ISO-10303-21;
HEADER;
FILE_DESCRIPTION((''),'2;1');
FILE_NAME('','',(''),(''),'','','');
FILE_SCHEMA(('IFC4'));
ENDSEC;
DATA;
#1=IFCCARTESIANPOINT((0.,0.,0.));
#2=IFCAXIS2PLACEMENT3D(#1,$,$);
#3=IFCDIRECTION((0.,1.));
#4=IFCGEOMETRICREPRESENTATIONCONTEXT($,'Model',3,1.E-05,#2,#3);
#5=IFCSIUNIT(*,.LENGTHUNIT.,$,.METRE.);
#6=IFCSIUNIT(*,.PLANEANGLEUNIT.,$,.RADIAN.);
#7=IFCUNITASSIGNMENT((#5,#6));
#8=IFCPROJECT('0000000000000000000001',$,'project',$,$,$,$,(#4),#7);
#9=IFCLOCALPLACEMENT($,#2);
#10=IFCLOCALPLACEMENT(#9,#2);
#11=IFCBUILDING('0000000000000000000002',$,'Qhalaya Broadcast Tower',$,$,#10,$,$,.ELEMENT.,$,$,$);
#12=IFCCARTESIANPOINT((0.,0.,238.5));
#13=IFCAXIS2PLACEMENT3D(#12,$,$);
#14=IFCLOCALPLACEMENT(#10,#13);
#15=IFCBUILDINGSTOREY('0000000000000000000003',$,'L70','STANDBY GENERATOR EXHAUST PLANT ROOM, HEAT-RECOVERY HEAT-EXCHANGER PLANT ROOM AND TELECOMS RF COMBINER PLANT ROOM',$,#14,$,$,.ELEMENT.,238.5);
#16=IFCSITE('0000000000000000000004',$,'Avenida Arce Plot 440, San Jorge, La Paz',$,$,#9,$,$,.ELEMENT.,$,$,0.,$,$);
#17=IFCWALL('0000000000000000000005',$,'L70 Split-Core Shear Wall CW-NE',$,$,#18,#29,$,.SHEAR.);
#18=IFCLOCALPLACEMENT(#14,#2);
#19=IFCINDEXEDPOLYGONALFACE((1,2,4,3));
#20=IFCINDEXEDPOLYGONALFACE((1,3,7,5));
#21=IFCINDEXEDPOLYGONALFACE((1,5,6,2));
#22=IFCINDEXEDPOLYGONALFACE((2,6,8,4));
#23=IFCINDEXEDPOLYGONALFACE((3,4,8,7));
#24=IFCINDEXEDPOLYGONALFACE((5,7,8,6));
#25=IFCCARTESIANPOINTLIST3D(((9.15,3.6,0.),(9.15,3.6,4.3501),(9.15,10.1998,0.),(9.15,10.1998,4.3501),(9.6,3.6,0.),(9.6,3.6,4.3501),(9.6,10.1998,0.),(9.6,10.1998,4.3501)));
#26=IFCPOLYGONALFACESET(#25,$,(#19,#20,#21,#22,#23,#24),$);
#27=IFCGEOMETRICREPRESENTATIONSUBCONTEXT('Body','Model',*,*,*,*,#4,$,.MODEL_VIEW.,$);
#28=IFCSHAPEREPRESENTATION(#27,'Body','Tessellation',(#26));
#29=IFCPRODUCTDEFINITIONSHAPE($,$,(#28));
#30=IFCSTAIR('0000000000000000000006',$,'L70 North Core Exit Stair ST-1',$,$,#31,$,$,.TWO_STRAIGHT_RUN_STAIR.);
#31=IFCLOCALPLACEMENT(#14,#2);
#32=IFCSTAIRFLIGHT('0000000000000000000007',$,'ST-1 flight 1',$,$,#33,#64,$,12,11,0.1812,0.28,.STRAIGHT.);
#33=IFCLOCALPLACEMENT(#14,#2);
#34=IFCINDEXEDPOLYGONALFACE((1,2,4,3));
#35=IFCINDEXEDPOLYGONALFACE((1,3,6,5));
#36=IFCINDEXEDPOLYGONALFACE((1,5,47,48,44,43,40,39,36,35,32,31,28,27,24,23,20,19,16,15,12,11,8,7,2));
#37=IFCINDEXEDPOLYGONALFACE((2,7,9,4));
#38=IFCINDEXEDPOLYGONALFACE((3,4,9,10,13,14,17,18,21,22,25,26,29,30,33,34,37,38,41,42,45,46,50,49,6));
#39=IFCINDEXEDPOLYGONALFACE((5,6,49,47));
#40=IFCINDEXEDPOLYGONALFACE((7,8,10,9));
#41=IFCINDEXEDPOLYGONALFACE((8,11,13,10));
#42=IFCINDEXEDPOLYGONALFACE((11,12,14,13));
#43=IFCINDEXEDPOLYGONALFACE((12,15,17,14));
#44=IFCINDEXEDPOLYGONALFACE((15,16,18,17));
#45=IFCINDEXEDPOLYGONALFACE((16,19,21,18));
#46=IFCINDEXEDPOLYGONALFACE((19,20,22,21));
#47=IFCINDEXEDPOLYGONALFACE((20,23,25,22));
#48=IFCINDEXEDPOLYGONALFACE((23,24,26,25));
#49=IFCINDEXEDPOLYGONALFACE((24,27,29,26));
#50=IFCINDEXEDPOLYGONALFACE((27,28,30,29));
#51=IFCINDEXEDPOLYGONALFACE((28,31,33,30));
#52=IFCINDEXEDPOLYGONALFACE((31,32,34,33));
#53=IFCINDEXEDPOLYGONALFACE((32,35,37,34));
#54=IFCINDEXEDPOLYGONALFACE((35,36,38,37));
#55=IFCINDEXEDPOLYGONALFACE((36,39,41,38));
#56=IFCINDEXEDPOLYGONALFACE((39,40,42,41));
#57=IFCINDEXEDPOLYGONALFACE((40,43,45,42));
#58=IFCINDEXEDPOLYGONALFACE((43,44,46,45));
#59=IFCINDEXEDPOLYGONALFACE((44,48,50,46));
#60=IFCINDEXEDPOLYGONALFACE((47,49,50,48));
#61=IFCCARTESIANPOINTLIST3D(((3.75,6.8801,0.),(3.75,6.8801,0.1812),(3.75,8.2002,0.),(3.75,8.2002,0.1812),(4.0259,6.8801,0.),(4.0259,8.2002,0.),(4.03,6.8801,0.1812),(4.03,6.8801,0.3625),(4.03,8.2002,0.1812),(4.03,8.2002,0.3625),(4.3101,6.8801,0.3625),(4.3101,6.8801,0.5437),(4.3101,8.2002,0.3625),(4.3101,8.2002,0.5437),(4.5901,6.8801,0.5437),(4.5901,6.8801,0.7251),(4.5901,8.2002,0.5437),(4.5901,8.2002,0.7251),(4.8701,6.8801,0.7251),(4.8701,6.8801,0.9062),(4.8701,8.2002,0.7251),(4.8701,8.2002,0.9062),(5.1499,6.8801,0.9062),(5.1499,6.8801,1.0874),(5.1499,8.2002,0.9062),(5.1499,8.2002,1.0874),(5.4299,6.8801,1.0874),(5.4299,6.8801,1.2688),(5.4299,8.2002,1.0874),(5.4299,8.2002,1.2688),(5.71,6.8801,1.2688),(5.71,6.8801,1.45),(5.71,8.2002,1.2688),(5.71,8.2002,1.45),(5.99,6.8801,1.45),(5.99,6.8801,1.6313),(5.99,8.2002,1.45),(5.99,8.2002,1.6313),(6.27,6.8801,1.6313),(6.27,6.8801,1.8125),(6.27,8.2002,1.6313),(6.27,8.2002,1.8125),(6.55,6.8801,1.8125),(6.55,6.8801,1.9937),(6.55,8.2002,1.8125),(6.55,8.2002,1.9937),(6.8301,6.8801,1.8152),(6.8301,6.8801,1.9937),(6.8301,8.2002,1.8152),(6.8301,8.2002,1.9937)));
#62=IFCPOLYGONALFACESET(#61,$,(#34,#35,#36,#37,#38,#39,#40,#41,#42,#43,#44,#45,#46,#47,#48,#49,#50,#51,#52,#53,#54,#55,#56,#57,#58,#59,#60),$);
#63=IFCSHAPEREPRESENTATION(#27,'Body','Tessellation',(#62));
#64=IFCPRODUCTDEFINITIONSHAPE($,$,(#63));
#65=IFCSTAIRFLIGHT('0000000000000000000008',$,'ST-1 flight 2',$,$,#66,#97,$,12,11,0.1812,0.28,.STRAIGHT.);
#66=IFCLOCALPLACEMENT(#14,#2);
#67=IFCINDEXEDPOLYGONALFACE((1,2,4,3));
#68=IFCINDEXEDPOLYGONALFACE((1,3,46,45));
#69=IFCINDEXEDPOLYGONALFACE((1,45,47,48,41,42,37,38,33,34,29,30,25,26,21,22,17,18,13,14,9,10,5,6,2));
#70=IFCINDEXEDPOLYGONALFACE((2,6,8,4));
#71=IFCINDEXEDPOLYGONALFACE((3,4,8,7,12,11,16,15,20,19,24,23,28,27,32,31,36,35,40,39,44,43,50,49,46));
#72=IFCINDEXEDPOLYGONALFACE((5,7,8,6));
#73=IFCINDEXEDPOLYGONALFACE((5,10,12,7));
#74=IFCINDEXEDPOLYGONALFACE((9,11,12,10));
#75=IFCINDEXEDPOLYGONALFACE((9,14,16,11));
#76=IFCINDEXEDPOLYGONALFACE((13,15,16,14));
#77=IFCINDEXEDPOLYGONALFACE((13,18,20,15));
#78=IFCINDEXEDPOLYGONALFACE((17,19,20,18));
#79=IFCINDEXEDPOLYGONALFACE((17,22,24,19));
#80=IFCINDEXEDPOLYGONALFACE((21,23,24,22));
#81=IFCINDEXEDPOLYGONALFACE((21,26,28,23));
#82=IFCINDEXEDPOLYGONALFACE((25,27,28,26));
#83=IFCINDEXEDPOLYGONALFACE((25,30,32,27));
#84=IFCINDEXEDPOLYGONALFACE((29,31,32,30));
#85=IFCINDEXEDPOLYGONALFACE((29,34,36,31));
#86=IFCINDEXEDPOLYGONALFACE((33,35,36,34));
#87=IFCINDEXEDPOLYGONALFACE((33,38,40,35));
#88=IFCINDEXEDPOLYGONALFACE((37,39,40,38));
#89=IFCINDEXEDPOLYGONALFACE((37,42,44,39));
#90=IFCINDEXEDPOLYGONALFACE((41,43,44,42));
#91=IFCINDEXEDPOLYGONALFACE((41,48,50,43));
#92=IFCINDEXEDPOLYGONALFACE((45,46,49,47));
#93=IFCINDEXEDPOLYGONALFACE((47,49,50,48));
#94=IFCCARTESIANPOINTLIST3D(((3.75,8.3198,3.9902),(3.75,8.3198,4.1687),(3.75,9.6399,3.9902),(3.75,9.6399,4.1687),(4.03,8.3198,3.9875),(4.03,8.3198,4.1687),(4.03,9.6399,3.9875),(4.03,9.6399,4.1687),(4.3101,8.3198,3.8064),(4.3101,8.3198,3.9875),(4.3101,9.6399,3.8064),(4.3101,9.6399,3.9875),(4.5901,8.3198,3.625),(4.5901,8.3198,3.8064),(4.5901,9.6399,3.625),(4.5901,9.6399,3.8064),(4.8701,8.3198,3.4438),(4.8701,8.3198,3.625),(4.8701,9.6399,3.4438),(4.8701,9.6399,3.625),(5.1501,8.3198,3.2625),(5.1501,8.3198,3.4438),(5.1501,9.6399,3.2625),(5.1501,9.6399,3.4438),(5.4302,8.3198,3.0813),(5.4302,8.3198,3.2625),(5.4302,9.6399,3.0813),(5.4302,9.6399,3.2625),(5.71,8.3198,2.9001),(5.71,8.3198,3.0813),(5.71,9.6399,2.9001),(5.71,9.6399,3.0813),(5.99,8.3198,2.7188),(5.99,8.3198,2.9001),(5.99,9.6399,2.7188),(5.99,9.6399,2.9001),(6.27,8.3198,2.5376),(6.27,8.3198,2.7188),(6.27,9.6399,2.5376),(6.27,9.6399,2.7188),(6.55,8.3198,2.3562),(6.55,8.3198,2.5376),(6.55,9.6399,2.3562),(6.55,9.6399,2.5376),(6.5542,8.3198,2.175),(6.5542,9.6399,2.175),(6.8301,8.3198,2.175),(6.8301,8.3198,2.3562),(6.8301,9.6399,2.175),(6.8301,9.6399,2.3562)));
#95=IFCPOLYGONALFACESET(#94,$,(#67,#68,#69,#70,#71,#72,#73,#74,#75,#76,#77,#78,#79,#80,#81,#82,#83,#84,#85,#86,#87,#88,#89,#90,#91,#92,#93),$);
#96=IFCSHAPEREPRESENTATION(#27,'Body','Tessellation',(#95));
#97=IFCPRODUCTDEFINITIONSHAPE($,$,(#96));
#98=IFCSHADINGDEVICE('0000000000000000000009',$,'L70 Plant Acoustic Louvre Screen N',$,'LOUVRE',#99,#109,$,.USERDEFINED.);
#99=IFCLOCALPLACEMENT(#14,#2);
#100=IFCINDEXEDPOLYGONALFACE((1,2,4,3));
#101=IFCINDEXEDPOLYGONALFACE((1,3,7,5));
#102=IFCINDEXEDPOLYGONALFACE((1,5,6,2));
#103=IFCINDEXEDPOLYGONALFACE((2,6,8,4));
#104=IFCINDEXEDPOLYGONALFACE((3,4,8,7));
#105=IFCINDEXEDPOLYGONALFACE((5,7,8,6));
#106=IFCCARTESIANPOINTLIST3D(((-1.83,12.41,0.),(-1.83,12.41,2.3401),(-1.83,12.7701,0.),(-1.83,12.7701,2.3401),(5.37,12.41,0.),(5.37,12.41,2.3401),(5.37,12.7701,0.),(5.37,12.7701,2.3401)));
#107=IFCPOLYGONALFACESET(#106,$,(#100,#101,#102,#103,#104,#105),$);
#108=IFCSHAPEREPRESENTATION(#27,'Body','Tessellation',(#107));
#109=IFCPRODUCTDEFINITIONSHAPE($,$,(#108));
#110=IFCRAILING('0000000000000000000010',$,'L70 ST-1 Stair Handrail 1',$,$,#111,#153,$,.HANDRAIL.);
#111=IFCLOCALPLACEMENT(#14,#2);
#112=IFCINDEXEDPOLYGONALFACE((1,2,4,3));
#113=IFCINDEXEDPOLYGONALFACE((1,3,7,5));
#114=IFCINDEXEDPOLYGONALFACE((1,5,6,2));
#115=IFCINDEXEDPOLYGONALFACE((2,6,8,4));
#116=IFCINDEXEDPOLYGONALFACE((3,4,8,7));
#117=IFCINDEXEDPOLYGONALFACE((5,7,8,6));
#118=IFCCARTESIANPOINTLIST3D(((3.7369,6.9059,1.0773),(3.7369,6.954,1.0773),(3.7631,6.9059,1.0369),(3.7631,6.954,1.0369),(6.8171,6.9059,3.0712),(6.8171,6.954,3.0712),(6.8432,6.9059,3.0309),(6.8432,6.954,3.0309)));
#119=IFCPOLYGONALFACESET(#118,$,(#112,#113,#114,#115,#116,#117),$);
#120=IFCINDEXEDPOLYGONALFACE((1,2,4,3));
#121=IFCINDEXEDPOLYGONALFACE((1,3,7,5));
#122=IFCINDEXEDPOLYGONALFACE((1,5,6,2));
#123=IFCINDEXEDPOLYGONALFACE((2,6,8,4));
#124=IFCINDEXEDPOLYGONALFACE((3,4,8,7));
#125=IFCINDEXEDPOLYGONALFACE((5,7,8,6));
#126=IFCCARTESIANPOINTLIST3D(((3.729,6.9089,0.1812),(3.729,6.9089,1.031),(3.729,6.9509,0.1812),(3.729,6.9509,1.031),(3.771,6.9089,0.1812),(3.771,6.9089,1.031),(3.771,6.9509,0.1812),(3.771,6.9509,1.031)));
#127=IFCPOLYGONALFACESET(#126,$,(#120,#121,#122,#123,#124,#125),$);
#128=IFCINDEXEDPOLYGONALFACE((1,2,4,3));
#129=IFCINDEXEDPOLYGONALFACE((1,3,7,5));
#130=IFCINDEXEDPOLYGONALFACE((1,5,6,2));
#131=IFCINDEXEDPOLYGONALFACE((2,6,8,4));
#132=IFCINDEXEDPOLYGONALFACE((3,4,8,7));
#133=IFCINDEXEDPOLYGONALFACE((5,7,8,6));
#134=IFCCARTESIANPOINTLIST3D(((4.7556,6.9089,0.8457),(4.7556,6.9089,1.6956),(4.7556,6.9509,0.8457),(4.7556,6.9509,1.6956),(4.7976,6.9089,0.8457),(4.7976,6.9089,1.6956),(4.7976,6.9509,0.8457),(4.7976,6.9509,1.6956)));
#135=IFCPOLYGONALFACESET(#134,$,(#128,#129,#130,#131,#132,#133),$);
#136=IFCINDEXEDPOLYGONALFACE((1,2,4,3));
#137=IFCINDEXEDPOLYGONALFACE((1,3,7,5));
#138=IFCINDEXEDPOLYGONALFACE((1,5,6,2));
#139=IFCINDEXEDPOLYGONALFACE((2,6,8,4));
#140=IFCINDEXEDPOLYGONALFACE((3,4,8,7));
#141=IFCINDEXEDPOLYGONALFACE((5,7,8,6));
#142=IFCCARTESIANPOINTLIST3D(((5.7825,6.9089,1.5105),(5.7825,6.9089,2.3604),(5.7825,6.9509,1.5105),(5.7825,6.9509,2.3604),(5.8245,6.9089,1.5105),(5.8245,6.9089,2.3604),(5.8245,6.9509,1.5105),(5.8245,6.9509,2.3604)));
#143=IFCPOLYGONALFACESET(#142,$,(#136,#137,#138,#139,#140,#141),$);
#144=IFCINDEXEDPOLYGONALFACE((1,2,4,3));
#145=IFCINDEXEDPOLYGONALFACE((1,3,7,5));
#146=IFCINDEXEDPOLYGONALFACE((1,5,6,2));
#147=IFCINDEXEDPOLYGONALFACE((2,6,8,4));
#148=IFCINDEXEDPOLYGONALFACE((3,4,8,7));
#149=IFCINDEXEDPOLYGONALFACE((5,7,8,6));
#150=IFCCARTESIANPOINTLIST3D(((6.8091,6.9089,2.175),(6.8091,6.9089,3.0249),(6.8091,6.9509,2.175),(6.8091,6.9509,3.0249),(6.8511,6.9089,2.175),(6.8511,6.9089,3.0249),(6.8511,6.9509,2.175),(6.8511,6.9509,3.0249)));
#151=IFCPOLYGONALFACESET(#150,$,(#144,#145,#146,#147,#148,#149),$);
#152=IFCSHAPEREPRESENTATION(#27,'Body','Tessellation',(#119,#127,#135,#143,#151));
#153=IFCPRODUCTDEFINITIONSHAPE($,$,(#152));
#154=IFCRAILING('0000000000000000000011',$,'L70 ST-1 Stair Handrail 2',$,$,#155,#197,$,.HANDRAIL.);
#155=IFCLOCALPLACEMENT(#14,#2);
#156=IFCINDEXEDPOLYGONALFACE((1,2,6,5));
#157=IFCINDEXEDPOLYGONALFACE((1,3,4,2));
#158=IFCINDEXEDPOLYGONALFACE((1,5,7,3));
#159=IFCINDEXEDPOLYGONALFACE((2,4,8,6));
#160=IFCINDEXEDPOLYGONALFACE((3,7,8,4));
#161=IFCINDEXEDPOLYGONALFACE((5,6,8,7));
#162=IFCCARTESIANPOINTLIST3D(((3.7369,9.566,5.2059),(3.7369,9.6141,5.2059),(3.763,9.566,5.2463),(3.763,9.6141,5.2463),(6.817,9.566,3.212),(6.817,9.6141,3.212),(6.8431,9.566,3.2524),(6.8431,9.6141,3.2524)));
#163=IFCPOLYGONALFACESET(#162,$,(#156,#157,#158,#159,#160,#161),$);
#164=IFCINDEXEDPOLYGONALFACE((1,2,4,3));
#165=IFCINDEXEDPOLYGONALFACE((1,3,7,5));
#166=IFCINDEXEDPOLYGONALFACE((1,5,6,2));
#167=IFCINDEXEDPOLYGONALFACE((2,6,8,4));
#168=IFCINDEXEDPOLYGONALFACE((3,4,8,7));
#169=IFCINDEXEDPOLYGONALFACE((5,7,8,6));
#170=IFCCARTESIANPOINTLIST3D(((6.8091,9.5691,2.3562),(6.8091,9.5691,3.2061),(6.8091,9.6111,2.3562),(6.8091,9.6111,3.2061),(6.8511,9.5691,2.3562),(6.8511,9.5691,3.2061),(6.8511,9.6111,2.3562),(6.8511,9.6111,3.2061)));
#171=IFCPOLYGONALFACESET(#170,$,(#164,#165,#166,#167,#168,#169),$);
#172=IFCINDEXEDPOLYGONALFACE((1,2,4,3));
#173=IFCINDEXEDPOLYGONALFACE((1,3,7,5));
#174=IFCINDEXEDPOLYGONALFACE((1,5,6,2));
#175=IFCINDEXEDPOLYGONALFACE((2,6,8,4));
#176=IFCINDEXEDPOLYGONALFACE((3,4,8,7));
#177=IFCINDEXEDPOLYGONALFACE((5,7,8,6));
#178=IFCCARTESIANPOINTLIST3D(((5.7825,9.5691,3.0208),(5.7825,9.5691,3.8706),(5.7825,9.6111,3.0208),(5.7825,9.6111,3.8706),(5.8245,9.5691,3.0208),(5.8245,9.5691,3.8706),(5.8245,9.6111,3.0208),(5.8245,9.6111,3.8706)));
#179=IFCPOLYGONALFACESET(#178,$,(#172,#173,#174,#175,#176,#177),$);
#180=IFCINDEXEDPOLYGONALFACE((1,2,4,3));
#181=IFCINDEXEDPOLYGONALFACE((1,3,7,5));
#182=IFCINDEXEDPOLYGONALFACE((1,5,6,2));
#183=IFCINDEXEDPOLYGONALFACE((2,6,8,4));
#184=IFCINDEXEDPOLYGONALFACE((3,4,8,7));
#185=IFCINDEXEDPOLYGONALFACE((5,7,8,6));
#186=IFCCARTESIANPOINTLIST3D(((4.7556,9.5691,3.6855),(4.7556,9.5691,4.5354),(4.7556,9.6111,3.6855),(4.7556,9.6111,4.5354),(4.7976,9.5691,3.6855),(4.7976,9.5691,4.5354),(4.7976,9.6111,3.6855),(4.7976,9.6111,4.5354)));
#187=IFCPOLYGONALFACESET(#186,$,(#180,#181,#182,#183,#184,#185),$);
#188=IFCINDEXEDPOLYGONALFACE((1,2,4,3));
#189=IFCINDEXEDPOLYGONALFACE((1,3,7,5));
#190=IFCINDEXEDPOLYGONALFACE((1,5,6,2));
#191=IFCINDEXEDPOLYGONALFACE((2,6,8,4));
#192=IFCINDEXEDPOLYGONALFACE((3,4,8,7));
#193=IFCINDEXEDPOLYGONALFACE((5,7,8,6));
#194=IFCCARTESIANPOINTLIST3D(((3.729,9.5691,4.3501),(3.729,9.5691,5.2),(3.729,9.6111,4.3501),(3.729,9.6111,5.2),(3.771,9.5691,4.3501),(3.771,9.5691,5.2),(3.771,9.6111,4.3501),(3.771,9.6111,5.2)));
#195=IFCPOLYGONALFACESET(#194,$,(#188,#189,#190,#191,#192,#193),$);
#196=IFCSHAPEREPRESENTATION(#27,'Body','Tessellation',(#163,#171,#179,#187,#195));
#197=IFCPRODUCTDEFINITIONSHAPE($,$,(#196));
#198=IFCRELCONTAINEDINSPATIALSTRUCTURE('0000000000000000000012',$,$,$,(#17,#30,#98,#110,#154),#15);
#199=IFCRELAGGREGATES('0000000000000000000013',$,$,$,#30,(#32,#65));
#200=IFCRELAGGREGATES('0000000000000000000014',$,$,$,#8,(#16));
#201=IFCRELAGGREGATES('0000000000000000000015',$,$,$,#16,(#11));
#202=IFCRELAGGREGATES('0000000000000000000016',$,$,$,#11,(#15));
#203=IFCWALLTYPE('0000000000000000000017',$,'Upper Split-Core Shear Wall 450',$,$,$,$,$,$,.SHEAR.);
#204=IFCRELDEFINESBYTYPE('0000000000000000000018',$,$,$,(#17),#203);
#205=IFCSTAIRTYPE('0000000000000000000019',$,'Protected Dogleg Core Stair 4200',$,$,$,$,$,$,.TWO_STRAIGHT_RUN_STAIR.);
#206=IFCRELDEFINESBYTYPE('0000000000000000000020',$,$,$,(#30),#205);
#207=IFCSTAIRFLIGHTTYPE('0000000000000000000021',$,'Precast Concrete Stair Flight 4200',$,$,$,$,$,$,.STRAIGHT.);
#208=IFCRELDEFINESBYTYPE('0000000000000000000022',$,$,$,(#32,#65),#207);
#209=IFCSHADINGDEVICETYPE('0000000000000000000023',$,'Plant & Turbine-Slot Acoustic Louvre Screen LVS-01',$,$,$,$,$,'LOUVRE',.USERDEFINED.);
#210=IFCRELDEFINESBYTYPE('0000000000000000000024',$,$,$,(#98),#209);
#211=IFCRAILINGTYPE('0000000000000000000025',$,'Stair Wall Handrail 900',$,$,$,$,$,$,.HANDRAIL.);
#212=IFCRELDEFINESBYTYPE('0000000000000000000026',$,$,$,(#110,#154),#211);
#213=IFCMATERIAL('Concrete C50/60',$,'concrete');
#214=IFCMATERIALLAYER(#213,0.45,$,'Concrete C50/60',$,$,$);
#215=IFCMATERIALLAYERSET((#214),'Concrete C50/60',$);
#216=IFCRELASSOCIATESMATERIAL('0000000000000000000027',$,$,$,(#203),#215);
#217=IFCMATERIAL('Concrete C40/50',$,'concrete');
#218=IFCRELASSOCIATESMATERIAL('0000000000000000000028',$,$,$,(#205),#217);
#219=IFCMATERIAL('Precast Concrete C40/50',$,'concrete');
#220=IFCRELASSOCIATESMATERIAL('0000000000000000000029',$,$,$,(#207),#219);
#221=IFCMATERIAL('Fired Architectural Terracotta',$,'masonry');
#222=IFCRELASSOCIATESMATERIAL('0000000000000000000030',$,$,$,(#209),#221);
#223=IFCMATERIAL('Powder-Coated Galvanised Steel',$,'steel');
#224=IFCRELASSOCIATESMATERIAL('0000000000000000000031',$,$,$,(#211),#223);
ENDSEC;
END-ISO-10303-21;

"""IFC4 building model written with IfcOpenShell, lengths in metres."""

from ifc_helpers import new_model, si_unit, direction, frame, frame_2d, origin, origin_2d, place, context, subcontext, project, spatial, polyline, rectangle, outline, extrude, material, layer, layer_set, type_object, element, aggregate, save


model = new_model("IFC4")

# Units and contexts
model_context = context("Model", 3, precision=1e-05, world=origin(), true_north=direction((0.0, 1.0)))
body_context = subcontext(model_context, "Body", "Model", "MODEL_VIEW")
ifc_project = project(units=[si_unit("LENGTHUNIT", "METRE"), si_unit("PLANEANGLEUNIT", "RADIAN")], contexts=[model_context])

# Site, building, storey
site_placement = place(None, origin())
site = spatial("IfcSite", under=ifc_project, at=site_placement, Name="Avenida Arce Plot 440, San Jorge, La Paz", CompositionType="ELEMENT", RefElevation=0.0)
building_placement = place(site_placement, origin())
building = spatial("IfcBuilding", under=site, at=building_placement, Name="Qhalaya Broadcast Tower", CompositionType="ELEMENT")
storey_placement = place(building_placement, frame((0.0, 0.0, 238.5)))
storey = spatial("IfcBuildingStorey", under=building, at=storey_placement, Name="L70", Description="STANDBY GENERATOR EXHAUST PLANT ROOM, HEAT-RECOVERY HEAT-EXCHANGER PLANT ROOM AND TELECOMS RF COMBINER PLANT ROOM", CompositionType="ELEMENT", Elevation=238.5)

# Shared definitions
ifc_material_1 = material(Name="Concrete C50/60", Category="concrete")

# Wall
ifc_layer_1 = layer(ifc_material_1, 0.45, Name="Concrete C50/60")
ifc_layer_set_1 = layer_set([ifc_layer_1], Name="Concrete C50/60")
wall_type_1 = type_object("IfcWallType", Name="Upper Split-Core Shear Wall 450", PredefinedType="SHEAR", material=ifc_layer_set_1)
wall_1_placement = place(storey_placement, frame((9.375, 3.6001, 0.0), z_axis=(0.0, 0.0, 1.0), x_axis=(0.0, 1.0, 0.0)))
element("IfcWall", 1, at=wall_1_placement, inside=storey, type_object=wall_type_1, Name="L70 Split-Core Shear Wall CW-NE", PredefinedType="SHEAR", context=body_context, shape_type="SweptSolid", body=[
    extrude(rectangle(XDim=6.5999, YDim=0.45, at=frame_2d((3.2998, 0.0))), origin(), (0.0, 0.0, 1.0), 4.3501),
])

# Stair, stair flights
ifc_material_2 = material(Name="Concrete C40/50", Category="concrete")
stair_type = type_object("IfcStairType", Name="Protected Dogleg Core Stair 4200", PredefinedType="TWO_STRAIGHT_RUN_STAIR", material=ifc_material_2)
stair_placement = place(storey_placement, origin())
stair = element("IfcStair", 2, at=stair_placement, inside=storey, type_object=stair_type, Name="L70 North Core Exit Stair ST-1", PredefinedType="TWO_STRAIGHT_RUN_STAIR")
ifc_material_3 = material(Name="Precast Concrete C40/50", Category="concrete")
stair_flight_type = type_object("IfcStairFlightType", Name="Precast Concrete Stair Flight 4200", PredefinedType="STRAIGHT", material=ifc_material_3)
stair_flight_1_placement = place(storey_placement, frame((3.75, 7.54, 0.0), z_axis=(0.0, 0.0, 1.0), x_axis=(1.0, 0.0, 0.0)))
stair_flight_1 = element("IfcStairFlight", 3, at=stair_flight_1_placement, type_object=stair_flight_type, Name="ST-1 flight 1", NumberOfRisers=12, NumberOfTreads=11, PredefinedType="STRAIGHT", RiserHeight=0.1812, TreadLength=0.28, context=body_context, shape_type="SweptSolid", body=[
    extrude(outline(polyline([(0.0, 0.0), (0.0, 0.1812), (0.28, 0.1812), (0.28, 0.3625), (0.5601, 0.3625), (0.5601, 0.5437), (0.8401, 0.5437), (0.8401, 0.7251), (1.1201, 0.7251), (1.1201, 0.9062), (1.3999, 0.9062), (1.3999, 1.0874), (1.6799, 1.0874), (1.6799, 1.2688), (1.96, 1.2688), (1.96, 1.45), (2.24, 1.45), (2.24, 1.6313), (2.52, 1.6313), (2.52, 1.8125), (2.8, 1.8125), (2.8, 1.9937), (3.0801, 1.9937), (3.0801, 2.175), (3.0801, 1.8152), (0.2759, 0.0), (0.0, 0.0)])), frame((0.0, 0.6602, 0.0), z_axis=(0.0, -1.0, 0.0), x_axis=(1.0, 0.0, 0.0)), (0.0, 0.0, 1.0), 1.3201),
])
stair_flight_2_placement = place(storey_placement, frame((6.8301, 8.98, 2.175), z_axis=(0.0, 0.0, 1.0), x_axis=(-1.0, 0.0, 0.0)))
stair_flight_2 = element("IfcStairFlight", 4, at=stair_flight_2_placement, type_object=stair_flight_type, Name="ST-1 flight 2", NumberOfRisers=12, NumberOfTreads=11, PredefinedType="STRAIGHT", RiserHeight=0.1812, TreadLength=0.28, context=body_context, shape_type="SweptSolid", body=[
    extrude(outline(polyline([(0.0, 0.0), (0.0, 0.1812), (0.28, 0.1812), (0.28, 0.3625), (0.5601, 0.3625), (0.5601, 0.5437), (0.8401, 0.5437), (0.8401, 0.7251), (1.1201, 0.7251), (1.1201, 0.9062), (1.3999, 0.9062), (1.3999, 1.0874), (1.6799, 1.0874), (1.6799, 1.2688), (1.96, 1.2688), (1.96, 1.45), (2.24, 1.45), (2.24, 1.6313), (2.52, 1.6313), (2.52, 1.8125), (2.8, 1.8125), (2.8, 1.9937), (3.0801, 1.9937), (3.0801, 2.175), (3.0801, 1.8152), (0.2759, 0.0), (0.0, 0.0)])), frame((0.0, 0.6602, 0.0), z_axis=(0.0, -1.0, 0.0), x_axis=(1.0, 0.0, 0.0)), (0.0, 0.0, 1.0), 1.3201),
])
aggregate(stair, [stair_flight_1, stair_flight_2])

# Shading device
ifc_material_4 = material(Name="Fired Architectural Terracotta", Category="masonry")
shading_device_type = type_object("IfcShadingDeviceType", Name="Plant & Turbine-Slot Acoustic Louvre Screen LVS-01", ElementType="LOUVRE", PredefinedType="USERDEFINED", material=ifc_material_4)
shading_device_placement = place(storey_placement, frame((1.77, 12.5901, 0.0), z_axis=(0.0, 0.0, 1.0), x_axis=(1.0, 0.0, 0.0)))
element("IfcShadingDevice", 5, at=shading_device_placement, inside=storey, type_object=shading_device_type, Name="L70 Plant Acoustic Louvre Screen N", ObjectType="LOUVRE", PredefinedType="USERDEFINED", context=body_context, shape_type="SweptSolid", body=[
    extrude(rectangle(XDim=7.2, YDim=0.3601, at=origin_2d()), origin(), (0.0, 0.0, 1.0), 2.3401),
])

# Railings
ifc_material_5 = material(Name="Powder-Coated Galvanised Steel", Category="steel")
railing_type_1 = type_object("IfcRailingType", Name="Stair Wall Handrail 900", PredefinedType="HANDRAIL", material=ifc_material_5)
railing_1_placement = place(storey_placement, frame((3.75, 6.9299, 0.1812)))
element("IfcRailing", 6, at=railing_1_placement, inside=storey, type_object=railing_type_1, Name="L70 ST-1 Stair Handrail 1", PredefinedType="HANDRAIL", context=body_context, shape_type="SweptSolid", body=[
    extrude(rectangle(XDim=0.0481, YDim=0.0481, at=origin_2d()), frame((0.0, 0.0, 0.876), z_axis=(0.839458, 0.0, 0.543425), x_axis=(0.0, 1.0, 0.0)), (0.0, 0.0, 1.0), 3.6692),
    extrude(rectangle(XDim=0.042, YDim=0.042, at=origin_2d()), origin(), (0.0, 0.0, 1.0), 0.8499),
    extrude(rectangle(XDim=0.042, YDim=0.042, at=origin_2d()), frame((1.0266, 0.0, 0.6646)), (0.0, 0.0, 1.0), 0.8499),
    extrude(rectangle(XDim=0.042, YDim=0.042, at=origin_2d()), frame((2.0535, 0.0, 1.3293)), (0.0, 0.0, 1.0), 0.8499),
    extrude(rectangle(XDim=0.042, YDim=0.042, at=origin_2d()), frame((3.0801, 0.0, 1.9939)), (0.0, 0.0, 1.0), 0.8499),
])
railing_2_placement = place(storey_placement, frame((6.8301, 9.5901, 2.3562)))
element("IfcRailing", 7, at=railing_2_placement, inside=storey, type_object=railing_type_1, Name="L70 ST-1 Stair Handrail 2", PredefinedType="HANDRAIL", context=body_context, shape_type="SweptSolid", body=[
    extrude(rectangle(XDim=0.0481, YDim=0.0481, at=origin_2d()), frame((0.0, 0.0, 0.876), z_axis=(-0.839458, 0.0, 0.543425), x_axis=(0.0, -1.0, 0.0)), (0.0, 0.0, 1.0), 3.6692),
    extrude(rectangle(XDim=0.042, YDim=0.042, at=origin_2d()), origin(), (0.0, 0.0, 1.0), 0.8499),
    extrude(rectangle(XDim=0.042, YDim=0.042, at=origin_2d()), frame((-1.0266, 0.0, 0.6646)), (0.0, 0.0, 1.0), 0.8499),
    extrude(rectangle(XDim=0.042, YDim=0.042, at=origin_2d()), frame((-2.0535, 0.0, 1.3293)), (0.0, 0.0, 1.0), 0.8499),
    extrude(rectangle(XDim=0.042, YDim=0.042, at=origin_2d()), frame((-3.0801, 0.0, 1.9939)), (0.0, 0.0, 1.0), 0.8499),
])

save(model, "model.ifc")
